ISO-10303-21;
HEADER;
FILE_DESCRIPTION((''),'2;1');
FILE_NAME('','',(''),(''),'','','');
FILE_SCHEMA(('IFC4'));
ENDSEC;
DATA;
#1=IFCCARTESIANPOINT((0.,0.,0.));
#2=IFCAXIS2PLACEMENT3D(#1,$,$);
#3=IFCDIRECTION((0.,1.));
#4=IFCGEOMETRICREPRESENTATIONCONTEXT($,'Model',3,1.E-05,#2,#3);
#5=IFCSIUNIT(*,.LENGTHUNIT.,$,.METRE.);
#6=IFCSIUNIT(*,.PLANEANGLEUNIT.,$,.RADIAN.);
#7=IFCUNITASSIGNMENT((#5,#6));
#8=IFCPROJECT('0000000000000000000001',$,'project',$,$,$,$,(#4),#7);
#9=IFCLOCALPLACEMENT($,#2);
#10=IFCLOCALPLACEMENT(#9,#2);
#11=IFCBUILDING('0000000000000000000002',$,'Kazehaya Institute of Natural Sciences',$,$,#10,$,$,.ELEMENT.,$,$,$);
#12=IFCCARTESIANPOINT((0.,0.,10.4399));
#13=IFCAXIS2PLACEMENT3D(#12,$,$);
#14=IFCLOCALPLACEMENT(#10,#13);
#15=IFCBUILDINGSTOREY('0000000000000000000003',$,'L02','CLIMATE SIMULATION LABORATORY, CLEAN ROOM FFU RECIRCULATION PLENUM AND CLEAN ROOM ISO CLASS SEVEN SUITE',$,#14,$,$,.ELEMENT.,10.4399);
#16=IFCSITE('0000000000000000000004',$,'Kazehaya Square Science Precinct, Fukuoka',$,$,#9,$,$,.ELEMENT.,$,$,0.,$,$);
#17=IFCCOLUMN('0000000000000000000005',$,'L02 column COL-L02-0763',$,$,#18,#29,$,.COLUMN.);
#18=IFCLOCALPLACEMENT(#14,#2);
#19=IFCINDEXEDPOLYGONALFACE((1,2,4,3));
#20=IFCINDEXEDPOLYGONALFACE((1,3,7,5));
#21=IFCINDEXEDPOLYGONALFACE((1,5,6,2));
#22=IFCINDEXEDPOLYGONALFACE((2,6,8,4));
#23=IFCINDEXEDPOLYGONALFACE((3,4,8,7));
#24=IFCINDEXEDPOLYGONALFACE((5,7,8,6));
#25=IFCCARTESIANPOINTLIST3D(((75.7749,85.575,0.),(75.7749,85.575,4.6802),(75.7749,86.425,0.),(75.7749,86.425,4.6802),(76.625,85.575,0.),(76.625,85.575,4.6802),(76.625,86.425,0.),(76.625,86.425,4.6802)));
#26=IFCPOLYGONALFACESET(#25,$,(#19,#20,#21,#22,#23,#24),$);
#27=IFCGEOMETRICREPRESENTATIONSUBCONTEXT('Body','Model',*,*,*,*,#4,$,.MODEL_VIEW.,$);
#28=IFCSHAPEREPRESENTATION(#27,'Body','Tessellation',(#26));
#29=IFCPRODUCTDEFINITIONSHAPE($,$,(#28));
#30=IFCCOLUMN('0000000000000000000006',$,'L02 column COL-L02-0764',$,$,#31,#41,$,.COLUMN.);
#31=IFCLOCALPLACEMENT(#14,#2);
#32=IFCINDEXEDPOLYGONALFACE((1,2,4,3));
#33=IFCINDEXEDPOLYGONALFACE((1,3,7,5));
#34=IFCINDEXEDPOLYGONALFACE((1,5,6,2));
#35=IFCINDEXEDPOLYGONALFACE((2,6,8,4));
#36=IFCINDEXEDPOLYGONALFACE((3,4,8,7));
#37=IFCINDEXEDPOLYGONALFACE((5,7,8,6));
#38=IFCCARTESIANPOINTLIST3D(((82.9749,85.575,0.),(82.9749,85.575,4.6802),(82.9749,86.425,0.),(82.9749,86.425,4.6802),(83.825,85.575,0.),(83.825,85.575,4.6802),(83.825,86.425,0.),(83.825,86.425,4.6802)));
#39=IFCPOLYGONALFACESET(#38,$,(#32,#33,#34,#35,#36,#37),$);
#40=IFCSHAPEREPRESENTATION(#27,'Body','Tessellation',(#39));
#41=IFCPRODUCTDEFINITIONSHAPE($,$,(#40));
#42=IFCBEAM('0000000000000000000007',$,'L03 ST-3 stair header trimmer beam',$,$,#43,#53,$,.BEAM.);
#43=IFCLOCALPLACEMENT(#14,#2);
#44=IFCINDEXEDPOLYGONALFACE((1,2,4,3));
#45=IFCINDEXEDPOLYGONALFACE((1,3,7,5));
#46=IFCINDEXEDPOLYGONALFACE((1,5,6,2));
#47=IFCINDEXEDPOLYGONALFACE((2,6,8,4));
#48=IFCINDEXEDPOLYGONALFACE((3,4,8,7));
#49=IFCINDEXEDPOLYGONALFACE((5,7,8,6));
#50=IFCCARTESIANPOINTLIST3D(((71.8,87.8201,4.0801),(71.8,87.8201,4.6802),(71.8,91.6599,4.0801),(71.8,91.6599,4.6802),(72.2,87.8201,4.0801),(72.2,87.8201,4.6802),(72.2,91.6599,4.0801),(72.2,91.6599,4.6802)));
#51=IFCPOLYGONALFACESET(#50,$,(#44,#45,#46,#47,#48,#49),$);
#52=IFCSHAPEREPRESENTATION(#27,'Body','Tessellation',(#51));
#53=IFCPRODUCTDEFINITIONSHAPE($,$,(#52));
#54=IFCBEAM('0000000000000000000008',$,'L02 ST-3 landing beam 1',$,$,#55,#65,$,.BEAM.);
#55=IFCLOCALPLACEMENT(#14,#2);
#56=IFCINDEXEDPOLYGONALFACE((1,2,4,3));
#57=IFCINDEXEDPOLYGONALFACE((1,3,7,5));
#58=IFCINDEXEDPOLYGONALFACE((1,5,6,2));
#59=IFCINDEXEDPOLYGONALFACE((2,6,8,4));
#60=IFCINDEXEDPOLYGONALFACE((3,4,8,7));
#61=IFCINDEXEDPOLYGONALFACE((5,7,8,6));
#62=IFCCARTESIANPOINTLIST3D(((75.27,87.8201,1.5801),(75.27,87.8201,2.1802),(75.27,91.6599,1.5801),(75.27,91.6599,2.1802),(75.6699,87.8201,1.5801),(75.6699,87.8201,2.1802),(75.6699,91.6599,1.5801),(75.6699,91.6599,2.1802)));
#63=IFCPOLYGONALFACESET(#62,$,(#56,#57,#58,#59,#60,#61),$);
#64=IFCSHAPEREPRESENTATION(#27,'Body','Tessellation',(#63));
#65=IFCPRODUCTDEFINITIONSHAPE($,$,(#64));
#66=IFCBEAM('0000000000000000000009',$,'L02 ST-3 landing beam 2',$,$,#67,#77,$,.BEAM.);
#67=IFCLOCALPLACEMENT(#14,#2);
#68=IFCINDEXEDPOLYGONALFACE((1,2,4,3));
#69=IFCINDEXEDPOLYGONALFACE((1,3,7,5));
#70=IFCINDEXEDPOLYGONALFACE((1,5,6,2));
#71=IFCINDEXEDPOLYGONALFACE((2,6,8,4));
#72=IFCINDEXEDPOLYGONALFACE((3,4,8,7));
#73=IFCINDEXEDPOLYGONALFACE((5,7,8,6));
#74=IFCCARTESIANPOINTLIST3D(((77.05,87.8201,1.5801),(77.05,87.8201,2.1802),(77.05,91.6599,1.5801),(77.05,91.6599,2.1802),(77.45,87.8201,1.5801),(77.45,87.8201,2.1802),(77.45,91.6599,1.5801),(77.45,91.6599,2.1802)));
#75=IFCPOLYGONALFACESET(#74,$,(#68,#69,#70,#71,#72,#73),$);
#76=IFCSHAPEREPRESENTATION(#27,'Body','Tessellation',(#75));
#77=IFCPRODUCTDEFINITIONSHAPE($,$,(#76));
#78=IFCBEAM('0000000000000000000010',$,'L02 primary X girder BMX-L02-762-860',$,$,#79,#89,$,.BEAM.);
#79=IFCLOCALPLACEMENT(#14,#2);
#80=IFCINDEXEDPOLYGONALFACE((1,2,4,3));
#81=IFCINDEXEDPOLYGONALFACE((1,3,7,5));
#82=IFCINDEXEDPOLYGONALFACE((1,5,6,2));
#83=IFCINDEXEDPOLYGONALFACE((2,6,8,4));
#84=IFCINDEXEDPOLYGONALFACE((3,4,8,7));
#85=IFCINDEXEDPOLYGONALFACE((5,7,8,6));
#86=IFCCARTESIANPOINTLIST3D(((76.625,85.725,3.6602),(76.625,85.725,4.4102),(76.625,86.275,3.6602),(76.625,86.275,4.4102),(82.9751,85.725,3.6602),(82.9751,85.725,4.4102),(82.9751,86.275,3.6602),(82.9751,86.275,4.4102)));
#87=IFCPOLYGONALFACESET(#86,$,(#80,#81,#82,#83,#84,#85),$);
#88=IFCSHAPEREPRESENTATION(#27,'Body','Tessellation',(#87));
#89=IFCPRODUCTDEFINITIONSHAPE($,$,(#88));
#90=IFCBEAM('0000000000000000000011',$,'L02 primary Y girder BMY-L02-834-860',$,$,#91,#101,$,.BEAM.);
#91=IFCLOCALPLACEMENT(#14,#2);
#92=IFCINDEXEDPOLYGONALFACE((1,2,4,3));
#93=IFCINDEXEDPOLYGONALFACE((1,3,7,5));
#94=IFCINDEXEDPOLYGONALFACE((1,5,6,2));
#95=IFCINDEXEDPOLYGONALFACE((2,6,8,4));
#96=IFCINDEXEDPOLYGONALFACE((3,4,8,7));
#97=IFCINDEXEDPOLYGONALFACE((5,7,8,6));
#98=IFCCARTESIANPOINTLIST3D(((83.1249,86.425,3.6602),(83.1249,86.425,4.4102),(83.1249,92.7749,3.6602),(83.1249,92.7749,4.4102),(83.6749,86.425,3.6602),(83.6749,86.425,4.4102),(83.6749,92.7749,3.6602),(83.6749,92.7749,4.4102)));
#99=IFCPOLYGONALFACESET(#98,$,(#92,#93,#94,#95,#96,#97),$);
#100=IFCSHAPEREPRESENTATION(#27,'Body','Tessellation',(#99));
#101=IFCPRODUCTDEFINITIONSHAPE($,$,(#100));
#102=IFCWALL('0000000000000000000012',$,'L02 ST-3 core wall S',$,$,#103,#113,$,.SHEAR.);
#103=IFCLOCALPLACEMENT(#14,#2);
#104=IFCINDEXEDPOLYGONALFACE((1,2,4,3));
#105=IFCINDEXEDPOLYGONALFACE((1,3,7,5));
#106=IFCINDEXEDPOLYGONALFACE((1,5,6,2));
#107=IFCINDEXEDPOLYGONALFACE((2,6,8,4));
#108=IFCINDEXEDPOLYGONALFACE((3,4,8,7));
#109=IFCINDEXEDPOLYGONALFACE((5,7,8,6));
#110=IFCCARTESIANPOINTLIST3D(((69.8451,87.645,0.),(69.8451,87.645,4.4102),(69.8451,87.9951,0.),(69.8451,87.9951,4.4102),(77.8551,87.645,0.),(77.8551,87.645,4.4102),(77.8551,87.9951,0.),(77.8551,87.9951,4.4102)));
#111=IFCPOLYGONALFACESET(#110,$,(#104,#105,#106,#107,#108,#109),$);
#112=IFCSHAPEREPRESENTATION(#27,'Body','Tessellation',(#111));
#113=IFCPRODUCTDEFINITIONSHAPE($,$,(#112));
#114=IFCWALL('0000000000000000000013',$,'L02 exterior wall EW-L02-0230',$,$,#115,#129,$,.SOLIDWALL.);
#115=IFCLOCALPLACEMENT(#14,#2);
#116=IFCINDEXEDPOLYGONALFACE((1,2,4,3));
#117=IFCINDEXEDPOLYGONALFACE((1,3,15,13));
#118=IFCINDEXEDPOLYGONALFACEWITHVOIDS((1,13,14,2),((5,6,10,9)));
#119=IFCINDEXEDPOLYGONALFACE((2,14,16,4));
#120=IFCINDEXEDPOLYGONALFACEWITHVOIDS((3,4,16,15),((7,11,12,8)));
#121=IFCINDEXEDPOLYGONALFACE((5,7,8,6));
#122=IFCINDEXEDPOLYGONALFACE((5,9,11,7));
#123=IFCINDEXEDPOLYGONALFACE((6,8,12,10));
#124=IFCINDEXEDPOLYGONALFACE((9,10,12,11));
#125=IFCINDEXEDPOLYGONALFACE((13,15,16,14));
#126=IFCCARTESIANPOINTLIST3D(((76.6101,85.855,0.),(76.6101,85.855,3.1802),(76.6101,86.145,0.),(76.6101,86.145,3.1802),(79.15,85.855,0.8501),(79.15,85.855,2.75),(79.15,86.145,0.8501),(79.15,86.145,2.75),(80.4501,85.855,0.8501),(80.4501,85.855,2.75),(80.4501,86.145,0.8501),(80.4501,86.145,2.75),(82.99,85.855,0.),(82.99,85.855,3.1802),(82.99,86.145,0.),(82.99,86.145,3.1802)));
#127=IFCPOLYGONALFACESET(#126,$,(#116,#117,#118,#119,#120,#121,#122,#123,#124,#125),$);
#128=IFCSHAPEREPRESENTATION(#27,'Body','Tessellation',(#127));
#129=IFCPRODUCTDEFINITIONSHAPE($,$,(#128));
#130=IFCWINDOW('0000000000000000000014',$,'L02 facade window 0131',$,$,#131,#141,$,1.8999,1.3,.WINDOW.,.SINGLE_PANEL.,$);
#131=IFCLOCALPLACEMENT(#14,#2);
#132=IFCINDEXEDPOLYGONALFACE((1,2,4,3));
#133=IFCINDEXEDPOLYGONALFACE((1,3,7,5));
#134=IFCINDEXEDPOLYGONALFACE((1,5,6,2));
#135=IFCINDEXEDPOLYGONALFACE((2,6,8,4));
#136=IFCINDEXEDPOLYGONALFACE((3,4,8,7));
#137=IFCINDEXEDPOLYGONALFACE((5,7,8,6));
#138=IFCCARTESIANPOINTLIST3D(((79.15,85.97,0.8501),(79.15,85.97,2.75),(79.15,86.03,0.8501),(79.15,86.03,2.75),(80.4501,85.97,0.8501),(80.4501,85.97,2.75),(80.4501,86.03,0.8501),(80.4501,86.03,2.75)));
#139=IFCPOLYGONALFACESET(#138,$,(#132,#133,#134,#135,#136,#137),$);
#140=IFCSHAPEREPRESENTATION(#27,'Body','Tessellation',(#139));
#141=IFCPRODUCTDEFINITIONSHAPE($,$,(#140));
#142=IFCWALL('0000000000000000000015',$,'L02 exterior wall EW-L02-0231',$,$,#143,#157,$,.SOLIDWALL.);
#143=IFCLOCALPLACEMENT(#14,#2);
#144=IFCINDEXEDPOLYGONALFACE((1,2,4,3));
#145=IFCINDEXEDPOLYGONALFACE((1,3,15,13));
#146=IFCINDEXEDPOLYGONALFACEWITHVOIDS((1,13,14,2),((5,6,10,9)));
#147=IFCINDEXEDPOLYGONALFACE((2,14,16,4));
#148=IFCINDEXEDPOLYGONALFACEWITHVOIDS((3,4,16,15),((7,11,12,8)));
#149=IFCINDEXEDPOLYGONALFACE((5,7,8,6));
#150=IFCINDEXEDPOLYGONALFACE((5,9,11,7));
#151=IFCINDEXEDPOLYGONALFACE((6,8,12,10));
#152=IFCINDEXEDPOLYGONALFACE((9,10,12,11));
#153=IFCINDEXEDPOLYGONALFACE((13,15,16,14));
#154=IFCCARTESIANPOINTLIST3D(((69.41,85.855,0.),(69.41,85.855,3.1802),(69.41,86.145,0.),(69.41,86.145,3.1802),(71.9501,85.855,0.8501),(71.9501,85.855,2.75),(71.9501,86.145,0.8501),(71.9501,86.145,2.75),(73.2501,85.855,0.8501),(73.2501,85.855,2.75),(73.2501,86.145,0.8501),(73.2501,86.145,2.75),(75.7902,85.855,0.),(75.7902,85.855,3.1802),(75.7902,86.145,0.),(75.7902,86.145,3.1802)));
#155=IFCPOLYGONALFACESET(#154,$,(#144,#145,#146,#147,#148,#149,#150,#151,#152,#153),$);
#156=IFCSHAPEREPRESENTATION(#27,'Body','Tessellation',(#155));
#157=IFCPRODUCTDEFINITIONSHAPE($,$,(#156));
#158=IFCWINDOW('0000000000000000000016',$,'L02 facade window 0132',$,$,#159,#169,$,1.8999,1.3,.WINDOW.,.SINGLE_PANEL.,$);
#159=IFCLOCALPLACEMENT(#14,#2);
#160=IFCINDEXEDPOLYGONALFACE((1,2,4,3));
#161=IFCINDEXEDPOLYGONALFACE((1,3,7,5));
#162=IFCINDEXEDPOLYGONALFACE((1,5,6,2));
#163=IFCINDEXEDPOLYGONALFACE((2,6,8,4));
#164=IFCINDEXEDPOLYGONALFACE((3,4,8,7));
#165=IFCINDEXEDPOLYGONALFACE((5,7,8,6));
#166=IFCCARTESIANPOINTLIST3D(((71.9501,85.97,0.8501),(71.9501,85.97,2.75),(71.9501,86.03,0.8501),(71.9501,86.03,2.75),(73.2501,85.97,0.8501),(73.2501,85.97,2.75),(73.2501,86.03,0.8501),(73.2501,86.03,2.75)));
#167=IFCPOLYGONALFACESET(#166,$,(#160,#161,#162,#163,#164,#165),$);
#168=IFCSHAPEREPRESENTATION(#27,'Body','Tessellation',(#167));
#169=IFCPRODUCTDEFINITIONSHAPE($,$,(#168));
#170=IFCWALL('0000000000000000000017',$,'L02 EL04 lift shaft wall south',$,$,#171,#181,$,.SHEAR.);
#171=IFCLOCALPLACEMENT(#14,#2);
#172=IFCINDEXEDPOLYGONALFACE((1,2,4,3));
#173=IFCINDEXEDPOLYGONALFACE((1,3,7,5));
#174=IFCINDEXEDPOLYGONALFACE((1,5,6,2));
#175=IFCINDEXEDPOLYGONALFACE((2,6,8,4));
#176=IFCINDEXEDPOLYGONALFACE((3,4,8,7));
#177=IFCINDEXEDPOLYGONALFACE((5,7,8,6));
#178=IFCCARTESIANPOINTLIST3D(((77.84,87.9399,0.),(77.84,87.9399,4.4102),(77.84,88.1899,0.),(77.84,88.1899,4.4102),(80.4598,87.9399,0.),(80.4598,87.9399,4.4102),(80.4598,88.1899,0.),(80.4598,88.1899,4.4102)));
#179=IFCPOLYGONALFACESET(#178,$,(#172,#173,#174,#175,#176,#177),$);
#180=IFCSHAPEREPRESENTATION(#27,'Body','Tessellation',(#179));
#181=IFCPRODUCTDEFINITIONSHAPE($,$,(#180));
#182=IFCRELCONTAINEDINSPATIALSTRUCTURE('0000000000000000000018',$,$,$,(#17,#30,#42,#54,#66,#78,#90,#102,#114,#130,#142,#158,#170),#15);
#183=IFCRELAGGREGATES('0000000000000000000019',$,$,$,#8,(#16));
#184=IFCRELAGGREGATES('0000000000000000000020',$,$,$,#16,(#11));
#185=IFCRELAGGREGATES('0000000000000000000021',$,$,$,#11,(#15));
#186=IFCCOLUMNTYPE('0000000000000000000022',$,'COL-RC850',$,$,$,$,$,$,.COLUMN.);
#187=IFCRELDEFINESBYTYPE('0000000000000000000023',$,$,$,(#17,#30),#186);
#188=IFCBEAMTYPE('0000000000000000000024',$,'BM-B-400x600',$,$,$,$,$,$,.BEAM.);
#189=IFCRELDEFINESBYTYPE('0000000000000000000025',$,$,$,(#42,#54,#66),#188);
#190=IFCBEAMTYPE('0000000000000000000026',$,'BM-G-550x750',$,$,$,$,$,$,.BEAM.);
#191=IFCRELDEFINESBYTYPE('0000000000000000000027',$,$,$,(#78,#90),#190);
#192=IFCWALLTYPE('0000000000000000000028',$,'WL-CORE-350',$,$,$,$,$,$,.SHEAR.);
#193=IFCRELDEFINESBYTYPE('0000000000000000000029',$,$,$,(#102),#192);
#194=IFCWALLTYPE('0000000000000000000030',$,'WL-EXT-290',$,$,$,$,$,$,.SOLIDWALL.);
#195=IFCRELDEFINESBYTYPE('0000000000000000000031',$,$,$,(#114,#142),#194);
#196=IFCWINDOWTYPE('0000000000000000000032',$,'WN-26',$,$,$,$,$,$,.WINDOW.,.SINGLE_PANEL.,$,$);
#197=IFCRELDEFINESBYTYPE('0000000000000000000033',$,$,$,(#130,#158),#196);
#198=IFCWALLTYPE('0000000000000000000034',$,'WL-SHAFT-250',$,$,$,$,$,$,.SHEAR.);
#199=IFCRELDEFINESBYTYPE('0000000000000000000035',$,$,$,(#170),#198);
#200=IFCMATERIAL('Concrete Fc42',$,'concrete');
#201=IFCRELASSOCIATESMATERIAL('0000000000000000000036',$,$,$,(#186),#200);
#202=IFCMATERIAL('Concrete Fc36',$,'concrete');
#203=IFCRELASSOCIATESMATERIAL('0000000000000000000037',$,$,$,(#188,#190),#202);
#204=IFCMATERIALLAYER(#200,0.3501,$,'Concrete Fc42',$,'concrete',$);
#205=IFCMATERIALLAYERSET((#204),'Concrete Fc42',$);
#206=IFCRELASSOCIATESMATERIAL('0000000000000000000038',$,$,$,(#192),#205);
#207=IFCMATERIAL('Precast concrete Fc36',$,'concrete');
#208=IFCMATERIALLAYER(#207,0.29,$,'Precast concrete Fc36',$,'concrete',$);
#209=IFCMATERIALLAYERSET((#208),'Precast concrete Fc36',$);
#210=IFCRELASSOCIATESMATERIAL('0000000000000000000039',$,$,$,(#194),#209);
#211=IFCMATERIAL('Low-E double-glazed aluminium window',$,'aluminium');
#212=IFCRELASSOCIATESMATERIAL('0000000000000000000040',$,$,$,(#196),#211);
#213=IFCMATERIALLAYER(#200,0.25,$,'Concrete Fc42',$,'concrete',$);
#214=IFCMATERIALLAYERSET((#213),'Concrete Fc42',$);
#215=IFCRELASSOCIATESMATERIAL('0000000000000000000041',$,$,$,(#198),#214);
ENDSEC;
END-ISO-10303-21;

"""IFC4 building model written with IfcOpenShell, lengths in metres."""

from ifc_helpers import new_model, si_unit, direction, frame, frame_2d, origin, origin_2d, place, context, subcontext, project, spatial, rectangle, extrude, material, layer, layer_set, material_profile, profile_set, type_object, element, fill, save


model = new_model("IFC4")

# Units and contexts
model_context = context("Model", 3, precision=1e-05, world=origin(), true_north=direction((0.0, 1.0)))
body_context = subcontext(model_context, "Body", "Model", "MODEL_VIEW")
ifc_project = project(units=[si_unit("LENGTHUNIT", "METRE"), si_unit("PLANEANGLEUNIT", "RADIAN")], contexts=[model_context])

# Site, building, storey
site_placement = place(None, origin())
site = spatial("IfcSite", under=ifc_project, at=site_placement, Name="Kazehaya Square Science Precinct, Fukuoka", CompositionType="ELEMENT", RefElevation=0.0)
building_placement = place(site_placement, origin())
building = spatial("IfcBuilding", under=site, at=building_placement, Name="Kazehaya Institute of Natural Sciences", CompositionType="ELEMENT")
storey_placement = place(building_placement, frame((0.0, 0.0, 10.4399)))
storey = spatial("IfcBuildingStorey", under=building, at=storey_placement, Name="L02", Description="CLIMATE SIMULATION LABORATORY, CLEAN ROOM FFU RECIRCULATION PLENUM AND CLEAN ROOM ISO CLASS SEVEN SUITE", CompositionType="ELEMENT", Elevation=10.4399)

# Columns
ifc_material_1 = material(Name="Concrete Fc42", Category="concrete")
ifc_material_profile_1 = material_profile(ifc_material_1, rectangle(XDim=0.8501, YDim=0.8501, at=origin_2d()), Name="RC-850x850")
ifc_profile_set_1 = profile_set([ifc_material_profile_1], Name="Concrete Fc42")
column_type = type_object("IfcColumnType", Name="COL-RC850", PredefinedType="COLUMN", material=ifc_profile_set_1)
for number, where, z_axis, x_axis, name in (
    (1, (76.2, 86.0, 0.0), (0.0, 0.0, 1.0), (1.0, 0.0, 0.0), "L02 column COL-L02-0763"),
    (2, (83.3999, 86.0, 0.0), (0.0, 0.0, 1.0), (1.0, 0.0, 0.0), "L02 column COL-L02-0764"),
):
    element("IfcColumn", number, at=place(storey_placement, frame(where, z_axis=z_axis, x_axis=x_axis)), inside=storey, type_object=column_type, Name=name, PredefinedType="COLUMN", context=body_context, shape_type="SweptSolid", body=[
        extrude(rectangle(XDim=0.8501, YDim=0.8501, at=origin_2d()), origin(), (0.0, 0.0, 1.0), 4.6802),
    ])

# Beams
ifc_material_2 = material(Name="Concrete Fc36", Category="concrete")
ifc_material_profile_2 = material_profile(ifc_material_2, rectangle(XDim=0.3999, YDim=0.6001, at=origin_2d()), Name="RC-400x600")
ifc_profile_set_2 = profile_set([ifc_material_profile_2], Name="Concrete Fc36")
beam_type_1 = type_object("IfcBeamType", Name="BM-B-400x600", PredefinedType="BEAM", material=ifc_profile_set_2)
for number, where, z_axis, x_axis, name in (
    (3, (72.0, 87.8201, 4.3801), (0.0, 1.0, 0.0), (-1.0, 0.0, 0.0), "L03 ST-3 stair header trimmer beam"),
    (4, (75.47, 87.8201, 1.8801), (0.0, 1.0, 0.0), (-1.0, 0.0, 0.0), "L02 ST-3 landing beam 1"),
    (5, (77.25, 87.8201, 1.8801), (0.0, 1.0, 0.0), (-1.0, 0.0, 0.0), "L02 ST-3 landing beam 2"),
):
    element("IfcBeam", number, at=place(storey_placement, frame(where, z_axis=z_axis, x_axis=x_axis)), inside=storey, type_object=beam_type_1, Name=name, PredefinedType="BEAM", context=body_context, shape_type="SweptSolid", body=[
        extrude(rectangle(XDim=0.3999, YDim=0.6001, at=origin_2d()), origin(), (0.0, 0.0, 1.0), 3.8398),
    ])
ifc_material_profile_3 = material_profile(ifc_material_2, rectangle(XDim=0.55, YDim=0.75, at=origin_2d()), Name="RC-550x750")
ifc_profile_set_3 = profile_set([ifc_material_profile_3], Name="Concrete Fc36")
beam_type_2 = type_object("IfcBeamType", Name="BM-G-550x750", PredefinedType="BEAM", material=ifc_profile_set_3)
beam_1_placement = place(storey_placement, frame((76.625, 86.0, 4.0352), z_axis=(1.0, 0.0, 0.0), x_axis=(0.0, 1.0, 0.0)))
element("IfcBeam", 6, at=beam_1_placement, inside=storey, type_object=beam_type_2, Name="L02 primary X girder BMX-L02-762-860", PredefinedType="BEAM", context=body_context, shape_type="SweptSolid", body=[
    extrude(rectangle(XDim=0.55, YDim=0.75, at=origin_2d()), origin(), (0.0, 0.0, 1.0), 6.3501),
])
beam_2_placement = place(storey_placement, frame((83.3999, 86.425, 4.0352), z_axis=(0.0, 1.0, 0.0), x_axis=(-1.0, 0.0, 0.0)))
element("IfcBeam", 7, at=beam_2_placement, inside=storey, type_object=beam_type_2, Name="L02 primary Y girder BMY-L02-834-860", PredefinedType="BEAM", context=body_context, shape_type="SweptSolid", body=[
    extrude(rectangle(XDim=0.55, YDim=0.75, at=origin_2d()), origin(), (0.0, 0.0, 1.0), 6.3499),
])

# Wall
ifc_layer_1 = layer(ifc_material_1, 0.3501, Name="Concrete Fc42", Category="concrete")
ifc_layer_set_1 = layer_set([ifc_layer_1], Name="Concrete Fc42")
wall_type_1 = type_object("IfcWallType", Name="WL-CORE-350", PredefinedType="SHEAR", material=ifc_layer_set_1)
wall_1_placement = place(storey_placement, frame((77.855, 87.8201, 0.0), z_axis=(0.0, 0.0, 1.0), x_axis=(-1.0, 0.0, 0.0)))
element("IfcWall", 8, at=wall_1_placement, inside=storey, type_object=wall_type_1, Name="L02 ST-3 core wall S", PredefinedType="SHEAR", context=body_context, shape_type="SweptSolid", body=[
    extrude(rectangle(XDim=8.01, YDim=0.3501, at=frame_2d((4.0049, 0.0))), origin(), (0.0, 0.0, 1.0), 4.4102),
])

# Walls, openings, windows
ifc_material_3 = material(Name="Precast concrete Fc36", Category="concrete")
ifc_layer_2 = layer(ifc_material_3, 0.29, Name="Precast concrete Fc36", Category="concrete")
ifc_layer_set_2 = layer_set([ifc_layer_2], Name="Precast concrete Fc36")
wall_type_2 = type_object("IfcWallType", Name="WL-EXT-290", PredefinedType="SOLIDWALL", material=ifc_layer_set_2)
wall_2_placement = place(storey_placement, frame((82.99, 86.0, 0.0), z_axis=(0.0, 0.0, 1.0), x_axis=(-1.0, 0.0, 0.0)))
wall_2 = element("IfcWall", 9, at=wall_2_placement, inside=storey, type_object=wall_type_2, Name="L02 exterior wall EW-L02-0230", PredefinedType="SOLIDWALL", context=body_context, shape_type="SweptSolid", body=[
    extrude(rectangle(XDim=6.3799, YDim=0.29, at=frame_2d((3.1899, 0.0))), origin(), (0.0, 0.0, 1.0), 3.1802),
])
opening_1_placement = place(wall_2_placement, frame((2.54, 0.0, 0.8501)))
opening_1 = element("IfcOpeningElement", 10, at=opening_1_placement, cuts=wall_2, PredefinedType="OPENING", context=body_context, shape_type="SweptSolid", body=[
    extrude(rectangle(XDim=1.3, YDim=1.8999, at=frame_2d((0.6499, 0.95))), frame((0.0, 0.155, 0.0), z_axis=(0.0, -1.0, 0.0), x_axis=(1.0, 0.0, 0.0)), (0.0, 0.0, 1.0), 0.3101),
])
ifc_material_4 = material(Name="Low-E double-glazed aluminium window", Category="aluminium")
window_type = type_object("IfcWindowType", Name="WN-26", PartitioningType="SINGLE_PANEL", PredefinedType="WINDOW", material=ifc_material_4)
window_1_placement = place(opening_1_placement, origin())
window_1 = element("IfcWindow", 11, at=window_1_placement, inside=storey, type_object=window_type, Name="L02 facade window 0131", OverallHeight=1.8999, OverallWidth=1.3, PartitioningType="SINGLE_PANEL", PredefinedType="WINDOW", context=body_context, shape_type="SweptSolid", body=[
    extrude(rectangle(XDim=1.3, YDim=1.8999, at=frame_2d((0.6499, 0.95))), frame((0.0, 0.03, 0.0), z_axis=(0.0, -1.0, 0.0), x_axis=(1.0, 0.0, 0.0)), (0.0, 0.0, 1.0), 0.0601),
])
fill(opening_1, window_1)
wall_3_placement = place(storey_placement, frame((75.79, 86.0, 0.0), z_axis=(0.0, 0.0, 1.0), x_axis=(-1.0, 0.0, 0.0)))
wall_3 = element("IfcWall", 12, at=wall_3_placement, inside=storey, type_object=wall_type_2, Name="L02 exterior wall EW-L02-0231", PredefinedType="SOLIDWALL", context=body_context, shape_type="SweptSolid", body=[
    extrude(rectangle(XDim=6.3801, YDim=0.29, at=frame_2d((3.1899, 0.0))), origin(), (0.0, 0.0, 1.0), 3.1802),
])
opening_2_placement = place(wall_3_placement, frame((2.54, 0.0, 0.8501)))
opening_2 = element("IfcOpeningElement", 13, at=opening_2_placement, cuts=wall_3, PredefinedType="OPENING", context=body_context, shape_type="SweptSolid", body=[
    extrude(rectangle(XDim=1.3, YDim=1.8999, at=frame_2d((0.6499, 0.95))), frame((0.0, 0.155, 0.0), z_axis=(0.0, -1.0, 0.0), x_axis=(1.0, 0.0, 0.0)), (0.0, 0.0, 1.0), 0.3101),
])
window_2_placement = place(opening_2_placement, origin())
window_2 = element("IfcWindow", 14, at=window_2_placement, inside=storey, type_object=window_type, Name="L02 facade window 0132", OverallHeight=1.8999, OverallWidth=1.3, PartitioningType="SINGLE_PANEL", PredefinedType="WINDOW", context=body_context, shape_type="SweptSolid", body=[
    extrude(rectangle(XDim=1.3, YDim=1.8999, at=frame_2d((0.6499, 0.95))), frame((0.0, 0.03, 0.0), z_axis=(0.0, -1.0, 0.0), x_axis=(1.0, 0.0, 0.0)), (0.0, 0.0, 1.0), 0.0601),
])
fill(opening_2, window_2)

# Wall
ifc_layer_3 = layer(ifc_material_1, 0.25, Name="Concrete Fc42", Category="concrete")
ifc_layer_set_3 = layer_set([ifc_layer_3], Name="Concrete Fc42")
wall_type_3 = type_object("IfcWallType", Name="WL-SHAFT-250", PredefinedType="SHEAR", material=ifc_layer_set_3)
wall_4_placement = place(storey_placement, frame((80.46, 88.0649, 0.0), z_axis=(0.0, 0.0, 1.0), x_axis=(-1.0, 0.0, 0.0)))
element("IfcWall", 15, at=wall_4_placement, inside=storey, type_object=wall_type_3, Name="L02 EL04 lift shaft wall south", PredefinedType="SHEAR", context=body_context, shape_type="SweptSolid", body=[
    extrude(rectangle(XDim=2.6199, YDim=0.25, at=frame_2d((1.3101, 0.0))), origin(), (0.0, 0.0, 1.0), 4.4102),
])

save(model, "model.ifc")
